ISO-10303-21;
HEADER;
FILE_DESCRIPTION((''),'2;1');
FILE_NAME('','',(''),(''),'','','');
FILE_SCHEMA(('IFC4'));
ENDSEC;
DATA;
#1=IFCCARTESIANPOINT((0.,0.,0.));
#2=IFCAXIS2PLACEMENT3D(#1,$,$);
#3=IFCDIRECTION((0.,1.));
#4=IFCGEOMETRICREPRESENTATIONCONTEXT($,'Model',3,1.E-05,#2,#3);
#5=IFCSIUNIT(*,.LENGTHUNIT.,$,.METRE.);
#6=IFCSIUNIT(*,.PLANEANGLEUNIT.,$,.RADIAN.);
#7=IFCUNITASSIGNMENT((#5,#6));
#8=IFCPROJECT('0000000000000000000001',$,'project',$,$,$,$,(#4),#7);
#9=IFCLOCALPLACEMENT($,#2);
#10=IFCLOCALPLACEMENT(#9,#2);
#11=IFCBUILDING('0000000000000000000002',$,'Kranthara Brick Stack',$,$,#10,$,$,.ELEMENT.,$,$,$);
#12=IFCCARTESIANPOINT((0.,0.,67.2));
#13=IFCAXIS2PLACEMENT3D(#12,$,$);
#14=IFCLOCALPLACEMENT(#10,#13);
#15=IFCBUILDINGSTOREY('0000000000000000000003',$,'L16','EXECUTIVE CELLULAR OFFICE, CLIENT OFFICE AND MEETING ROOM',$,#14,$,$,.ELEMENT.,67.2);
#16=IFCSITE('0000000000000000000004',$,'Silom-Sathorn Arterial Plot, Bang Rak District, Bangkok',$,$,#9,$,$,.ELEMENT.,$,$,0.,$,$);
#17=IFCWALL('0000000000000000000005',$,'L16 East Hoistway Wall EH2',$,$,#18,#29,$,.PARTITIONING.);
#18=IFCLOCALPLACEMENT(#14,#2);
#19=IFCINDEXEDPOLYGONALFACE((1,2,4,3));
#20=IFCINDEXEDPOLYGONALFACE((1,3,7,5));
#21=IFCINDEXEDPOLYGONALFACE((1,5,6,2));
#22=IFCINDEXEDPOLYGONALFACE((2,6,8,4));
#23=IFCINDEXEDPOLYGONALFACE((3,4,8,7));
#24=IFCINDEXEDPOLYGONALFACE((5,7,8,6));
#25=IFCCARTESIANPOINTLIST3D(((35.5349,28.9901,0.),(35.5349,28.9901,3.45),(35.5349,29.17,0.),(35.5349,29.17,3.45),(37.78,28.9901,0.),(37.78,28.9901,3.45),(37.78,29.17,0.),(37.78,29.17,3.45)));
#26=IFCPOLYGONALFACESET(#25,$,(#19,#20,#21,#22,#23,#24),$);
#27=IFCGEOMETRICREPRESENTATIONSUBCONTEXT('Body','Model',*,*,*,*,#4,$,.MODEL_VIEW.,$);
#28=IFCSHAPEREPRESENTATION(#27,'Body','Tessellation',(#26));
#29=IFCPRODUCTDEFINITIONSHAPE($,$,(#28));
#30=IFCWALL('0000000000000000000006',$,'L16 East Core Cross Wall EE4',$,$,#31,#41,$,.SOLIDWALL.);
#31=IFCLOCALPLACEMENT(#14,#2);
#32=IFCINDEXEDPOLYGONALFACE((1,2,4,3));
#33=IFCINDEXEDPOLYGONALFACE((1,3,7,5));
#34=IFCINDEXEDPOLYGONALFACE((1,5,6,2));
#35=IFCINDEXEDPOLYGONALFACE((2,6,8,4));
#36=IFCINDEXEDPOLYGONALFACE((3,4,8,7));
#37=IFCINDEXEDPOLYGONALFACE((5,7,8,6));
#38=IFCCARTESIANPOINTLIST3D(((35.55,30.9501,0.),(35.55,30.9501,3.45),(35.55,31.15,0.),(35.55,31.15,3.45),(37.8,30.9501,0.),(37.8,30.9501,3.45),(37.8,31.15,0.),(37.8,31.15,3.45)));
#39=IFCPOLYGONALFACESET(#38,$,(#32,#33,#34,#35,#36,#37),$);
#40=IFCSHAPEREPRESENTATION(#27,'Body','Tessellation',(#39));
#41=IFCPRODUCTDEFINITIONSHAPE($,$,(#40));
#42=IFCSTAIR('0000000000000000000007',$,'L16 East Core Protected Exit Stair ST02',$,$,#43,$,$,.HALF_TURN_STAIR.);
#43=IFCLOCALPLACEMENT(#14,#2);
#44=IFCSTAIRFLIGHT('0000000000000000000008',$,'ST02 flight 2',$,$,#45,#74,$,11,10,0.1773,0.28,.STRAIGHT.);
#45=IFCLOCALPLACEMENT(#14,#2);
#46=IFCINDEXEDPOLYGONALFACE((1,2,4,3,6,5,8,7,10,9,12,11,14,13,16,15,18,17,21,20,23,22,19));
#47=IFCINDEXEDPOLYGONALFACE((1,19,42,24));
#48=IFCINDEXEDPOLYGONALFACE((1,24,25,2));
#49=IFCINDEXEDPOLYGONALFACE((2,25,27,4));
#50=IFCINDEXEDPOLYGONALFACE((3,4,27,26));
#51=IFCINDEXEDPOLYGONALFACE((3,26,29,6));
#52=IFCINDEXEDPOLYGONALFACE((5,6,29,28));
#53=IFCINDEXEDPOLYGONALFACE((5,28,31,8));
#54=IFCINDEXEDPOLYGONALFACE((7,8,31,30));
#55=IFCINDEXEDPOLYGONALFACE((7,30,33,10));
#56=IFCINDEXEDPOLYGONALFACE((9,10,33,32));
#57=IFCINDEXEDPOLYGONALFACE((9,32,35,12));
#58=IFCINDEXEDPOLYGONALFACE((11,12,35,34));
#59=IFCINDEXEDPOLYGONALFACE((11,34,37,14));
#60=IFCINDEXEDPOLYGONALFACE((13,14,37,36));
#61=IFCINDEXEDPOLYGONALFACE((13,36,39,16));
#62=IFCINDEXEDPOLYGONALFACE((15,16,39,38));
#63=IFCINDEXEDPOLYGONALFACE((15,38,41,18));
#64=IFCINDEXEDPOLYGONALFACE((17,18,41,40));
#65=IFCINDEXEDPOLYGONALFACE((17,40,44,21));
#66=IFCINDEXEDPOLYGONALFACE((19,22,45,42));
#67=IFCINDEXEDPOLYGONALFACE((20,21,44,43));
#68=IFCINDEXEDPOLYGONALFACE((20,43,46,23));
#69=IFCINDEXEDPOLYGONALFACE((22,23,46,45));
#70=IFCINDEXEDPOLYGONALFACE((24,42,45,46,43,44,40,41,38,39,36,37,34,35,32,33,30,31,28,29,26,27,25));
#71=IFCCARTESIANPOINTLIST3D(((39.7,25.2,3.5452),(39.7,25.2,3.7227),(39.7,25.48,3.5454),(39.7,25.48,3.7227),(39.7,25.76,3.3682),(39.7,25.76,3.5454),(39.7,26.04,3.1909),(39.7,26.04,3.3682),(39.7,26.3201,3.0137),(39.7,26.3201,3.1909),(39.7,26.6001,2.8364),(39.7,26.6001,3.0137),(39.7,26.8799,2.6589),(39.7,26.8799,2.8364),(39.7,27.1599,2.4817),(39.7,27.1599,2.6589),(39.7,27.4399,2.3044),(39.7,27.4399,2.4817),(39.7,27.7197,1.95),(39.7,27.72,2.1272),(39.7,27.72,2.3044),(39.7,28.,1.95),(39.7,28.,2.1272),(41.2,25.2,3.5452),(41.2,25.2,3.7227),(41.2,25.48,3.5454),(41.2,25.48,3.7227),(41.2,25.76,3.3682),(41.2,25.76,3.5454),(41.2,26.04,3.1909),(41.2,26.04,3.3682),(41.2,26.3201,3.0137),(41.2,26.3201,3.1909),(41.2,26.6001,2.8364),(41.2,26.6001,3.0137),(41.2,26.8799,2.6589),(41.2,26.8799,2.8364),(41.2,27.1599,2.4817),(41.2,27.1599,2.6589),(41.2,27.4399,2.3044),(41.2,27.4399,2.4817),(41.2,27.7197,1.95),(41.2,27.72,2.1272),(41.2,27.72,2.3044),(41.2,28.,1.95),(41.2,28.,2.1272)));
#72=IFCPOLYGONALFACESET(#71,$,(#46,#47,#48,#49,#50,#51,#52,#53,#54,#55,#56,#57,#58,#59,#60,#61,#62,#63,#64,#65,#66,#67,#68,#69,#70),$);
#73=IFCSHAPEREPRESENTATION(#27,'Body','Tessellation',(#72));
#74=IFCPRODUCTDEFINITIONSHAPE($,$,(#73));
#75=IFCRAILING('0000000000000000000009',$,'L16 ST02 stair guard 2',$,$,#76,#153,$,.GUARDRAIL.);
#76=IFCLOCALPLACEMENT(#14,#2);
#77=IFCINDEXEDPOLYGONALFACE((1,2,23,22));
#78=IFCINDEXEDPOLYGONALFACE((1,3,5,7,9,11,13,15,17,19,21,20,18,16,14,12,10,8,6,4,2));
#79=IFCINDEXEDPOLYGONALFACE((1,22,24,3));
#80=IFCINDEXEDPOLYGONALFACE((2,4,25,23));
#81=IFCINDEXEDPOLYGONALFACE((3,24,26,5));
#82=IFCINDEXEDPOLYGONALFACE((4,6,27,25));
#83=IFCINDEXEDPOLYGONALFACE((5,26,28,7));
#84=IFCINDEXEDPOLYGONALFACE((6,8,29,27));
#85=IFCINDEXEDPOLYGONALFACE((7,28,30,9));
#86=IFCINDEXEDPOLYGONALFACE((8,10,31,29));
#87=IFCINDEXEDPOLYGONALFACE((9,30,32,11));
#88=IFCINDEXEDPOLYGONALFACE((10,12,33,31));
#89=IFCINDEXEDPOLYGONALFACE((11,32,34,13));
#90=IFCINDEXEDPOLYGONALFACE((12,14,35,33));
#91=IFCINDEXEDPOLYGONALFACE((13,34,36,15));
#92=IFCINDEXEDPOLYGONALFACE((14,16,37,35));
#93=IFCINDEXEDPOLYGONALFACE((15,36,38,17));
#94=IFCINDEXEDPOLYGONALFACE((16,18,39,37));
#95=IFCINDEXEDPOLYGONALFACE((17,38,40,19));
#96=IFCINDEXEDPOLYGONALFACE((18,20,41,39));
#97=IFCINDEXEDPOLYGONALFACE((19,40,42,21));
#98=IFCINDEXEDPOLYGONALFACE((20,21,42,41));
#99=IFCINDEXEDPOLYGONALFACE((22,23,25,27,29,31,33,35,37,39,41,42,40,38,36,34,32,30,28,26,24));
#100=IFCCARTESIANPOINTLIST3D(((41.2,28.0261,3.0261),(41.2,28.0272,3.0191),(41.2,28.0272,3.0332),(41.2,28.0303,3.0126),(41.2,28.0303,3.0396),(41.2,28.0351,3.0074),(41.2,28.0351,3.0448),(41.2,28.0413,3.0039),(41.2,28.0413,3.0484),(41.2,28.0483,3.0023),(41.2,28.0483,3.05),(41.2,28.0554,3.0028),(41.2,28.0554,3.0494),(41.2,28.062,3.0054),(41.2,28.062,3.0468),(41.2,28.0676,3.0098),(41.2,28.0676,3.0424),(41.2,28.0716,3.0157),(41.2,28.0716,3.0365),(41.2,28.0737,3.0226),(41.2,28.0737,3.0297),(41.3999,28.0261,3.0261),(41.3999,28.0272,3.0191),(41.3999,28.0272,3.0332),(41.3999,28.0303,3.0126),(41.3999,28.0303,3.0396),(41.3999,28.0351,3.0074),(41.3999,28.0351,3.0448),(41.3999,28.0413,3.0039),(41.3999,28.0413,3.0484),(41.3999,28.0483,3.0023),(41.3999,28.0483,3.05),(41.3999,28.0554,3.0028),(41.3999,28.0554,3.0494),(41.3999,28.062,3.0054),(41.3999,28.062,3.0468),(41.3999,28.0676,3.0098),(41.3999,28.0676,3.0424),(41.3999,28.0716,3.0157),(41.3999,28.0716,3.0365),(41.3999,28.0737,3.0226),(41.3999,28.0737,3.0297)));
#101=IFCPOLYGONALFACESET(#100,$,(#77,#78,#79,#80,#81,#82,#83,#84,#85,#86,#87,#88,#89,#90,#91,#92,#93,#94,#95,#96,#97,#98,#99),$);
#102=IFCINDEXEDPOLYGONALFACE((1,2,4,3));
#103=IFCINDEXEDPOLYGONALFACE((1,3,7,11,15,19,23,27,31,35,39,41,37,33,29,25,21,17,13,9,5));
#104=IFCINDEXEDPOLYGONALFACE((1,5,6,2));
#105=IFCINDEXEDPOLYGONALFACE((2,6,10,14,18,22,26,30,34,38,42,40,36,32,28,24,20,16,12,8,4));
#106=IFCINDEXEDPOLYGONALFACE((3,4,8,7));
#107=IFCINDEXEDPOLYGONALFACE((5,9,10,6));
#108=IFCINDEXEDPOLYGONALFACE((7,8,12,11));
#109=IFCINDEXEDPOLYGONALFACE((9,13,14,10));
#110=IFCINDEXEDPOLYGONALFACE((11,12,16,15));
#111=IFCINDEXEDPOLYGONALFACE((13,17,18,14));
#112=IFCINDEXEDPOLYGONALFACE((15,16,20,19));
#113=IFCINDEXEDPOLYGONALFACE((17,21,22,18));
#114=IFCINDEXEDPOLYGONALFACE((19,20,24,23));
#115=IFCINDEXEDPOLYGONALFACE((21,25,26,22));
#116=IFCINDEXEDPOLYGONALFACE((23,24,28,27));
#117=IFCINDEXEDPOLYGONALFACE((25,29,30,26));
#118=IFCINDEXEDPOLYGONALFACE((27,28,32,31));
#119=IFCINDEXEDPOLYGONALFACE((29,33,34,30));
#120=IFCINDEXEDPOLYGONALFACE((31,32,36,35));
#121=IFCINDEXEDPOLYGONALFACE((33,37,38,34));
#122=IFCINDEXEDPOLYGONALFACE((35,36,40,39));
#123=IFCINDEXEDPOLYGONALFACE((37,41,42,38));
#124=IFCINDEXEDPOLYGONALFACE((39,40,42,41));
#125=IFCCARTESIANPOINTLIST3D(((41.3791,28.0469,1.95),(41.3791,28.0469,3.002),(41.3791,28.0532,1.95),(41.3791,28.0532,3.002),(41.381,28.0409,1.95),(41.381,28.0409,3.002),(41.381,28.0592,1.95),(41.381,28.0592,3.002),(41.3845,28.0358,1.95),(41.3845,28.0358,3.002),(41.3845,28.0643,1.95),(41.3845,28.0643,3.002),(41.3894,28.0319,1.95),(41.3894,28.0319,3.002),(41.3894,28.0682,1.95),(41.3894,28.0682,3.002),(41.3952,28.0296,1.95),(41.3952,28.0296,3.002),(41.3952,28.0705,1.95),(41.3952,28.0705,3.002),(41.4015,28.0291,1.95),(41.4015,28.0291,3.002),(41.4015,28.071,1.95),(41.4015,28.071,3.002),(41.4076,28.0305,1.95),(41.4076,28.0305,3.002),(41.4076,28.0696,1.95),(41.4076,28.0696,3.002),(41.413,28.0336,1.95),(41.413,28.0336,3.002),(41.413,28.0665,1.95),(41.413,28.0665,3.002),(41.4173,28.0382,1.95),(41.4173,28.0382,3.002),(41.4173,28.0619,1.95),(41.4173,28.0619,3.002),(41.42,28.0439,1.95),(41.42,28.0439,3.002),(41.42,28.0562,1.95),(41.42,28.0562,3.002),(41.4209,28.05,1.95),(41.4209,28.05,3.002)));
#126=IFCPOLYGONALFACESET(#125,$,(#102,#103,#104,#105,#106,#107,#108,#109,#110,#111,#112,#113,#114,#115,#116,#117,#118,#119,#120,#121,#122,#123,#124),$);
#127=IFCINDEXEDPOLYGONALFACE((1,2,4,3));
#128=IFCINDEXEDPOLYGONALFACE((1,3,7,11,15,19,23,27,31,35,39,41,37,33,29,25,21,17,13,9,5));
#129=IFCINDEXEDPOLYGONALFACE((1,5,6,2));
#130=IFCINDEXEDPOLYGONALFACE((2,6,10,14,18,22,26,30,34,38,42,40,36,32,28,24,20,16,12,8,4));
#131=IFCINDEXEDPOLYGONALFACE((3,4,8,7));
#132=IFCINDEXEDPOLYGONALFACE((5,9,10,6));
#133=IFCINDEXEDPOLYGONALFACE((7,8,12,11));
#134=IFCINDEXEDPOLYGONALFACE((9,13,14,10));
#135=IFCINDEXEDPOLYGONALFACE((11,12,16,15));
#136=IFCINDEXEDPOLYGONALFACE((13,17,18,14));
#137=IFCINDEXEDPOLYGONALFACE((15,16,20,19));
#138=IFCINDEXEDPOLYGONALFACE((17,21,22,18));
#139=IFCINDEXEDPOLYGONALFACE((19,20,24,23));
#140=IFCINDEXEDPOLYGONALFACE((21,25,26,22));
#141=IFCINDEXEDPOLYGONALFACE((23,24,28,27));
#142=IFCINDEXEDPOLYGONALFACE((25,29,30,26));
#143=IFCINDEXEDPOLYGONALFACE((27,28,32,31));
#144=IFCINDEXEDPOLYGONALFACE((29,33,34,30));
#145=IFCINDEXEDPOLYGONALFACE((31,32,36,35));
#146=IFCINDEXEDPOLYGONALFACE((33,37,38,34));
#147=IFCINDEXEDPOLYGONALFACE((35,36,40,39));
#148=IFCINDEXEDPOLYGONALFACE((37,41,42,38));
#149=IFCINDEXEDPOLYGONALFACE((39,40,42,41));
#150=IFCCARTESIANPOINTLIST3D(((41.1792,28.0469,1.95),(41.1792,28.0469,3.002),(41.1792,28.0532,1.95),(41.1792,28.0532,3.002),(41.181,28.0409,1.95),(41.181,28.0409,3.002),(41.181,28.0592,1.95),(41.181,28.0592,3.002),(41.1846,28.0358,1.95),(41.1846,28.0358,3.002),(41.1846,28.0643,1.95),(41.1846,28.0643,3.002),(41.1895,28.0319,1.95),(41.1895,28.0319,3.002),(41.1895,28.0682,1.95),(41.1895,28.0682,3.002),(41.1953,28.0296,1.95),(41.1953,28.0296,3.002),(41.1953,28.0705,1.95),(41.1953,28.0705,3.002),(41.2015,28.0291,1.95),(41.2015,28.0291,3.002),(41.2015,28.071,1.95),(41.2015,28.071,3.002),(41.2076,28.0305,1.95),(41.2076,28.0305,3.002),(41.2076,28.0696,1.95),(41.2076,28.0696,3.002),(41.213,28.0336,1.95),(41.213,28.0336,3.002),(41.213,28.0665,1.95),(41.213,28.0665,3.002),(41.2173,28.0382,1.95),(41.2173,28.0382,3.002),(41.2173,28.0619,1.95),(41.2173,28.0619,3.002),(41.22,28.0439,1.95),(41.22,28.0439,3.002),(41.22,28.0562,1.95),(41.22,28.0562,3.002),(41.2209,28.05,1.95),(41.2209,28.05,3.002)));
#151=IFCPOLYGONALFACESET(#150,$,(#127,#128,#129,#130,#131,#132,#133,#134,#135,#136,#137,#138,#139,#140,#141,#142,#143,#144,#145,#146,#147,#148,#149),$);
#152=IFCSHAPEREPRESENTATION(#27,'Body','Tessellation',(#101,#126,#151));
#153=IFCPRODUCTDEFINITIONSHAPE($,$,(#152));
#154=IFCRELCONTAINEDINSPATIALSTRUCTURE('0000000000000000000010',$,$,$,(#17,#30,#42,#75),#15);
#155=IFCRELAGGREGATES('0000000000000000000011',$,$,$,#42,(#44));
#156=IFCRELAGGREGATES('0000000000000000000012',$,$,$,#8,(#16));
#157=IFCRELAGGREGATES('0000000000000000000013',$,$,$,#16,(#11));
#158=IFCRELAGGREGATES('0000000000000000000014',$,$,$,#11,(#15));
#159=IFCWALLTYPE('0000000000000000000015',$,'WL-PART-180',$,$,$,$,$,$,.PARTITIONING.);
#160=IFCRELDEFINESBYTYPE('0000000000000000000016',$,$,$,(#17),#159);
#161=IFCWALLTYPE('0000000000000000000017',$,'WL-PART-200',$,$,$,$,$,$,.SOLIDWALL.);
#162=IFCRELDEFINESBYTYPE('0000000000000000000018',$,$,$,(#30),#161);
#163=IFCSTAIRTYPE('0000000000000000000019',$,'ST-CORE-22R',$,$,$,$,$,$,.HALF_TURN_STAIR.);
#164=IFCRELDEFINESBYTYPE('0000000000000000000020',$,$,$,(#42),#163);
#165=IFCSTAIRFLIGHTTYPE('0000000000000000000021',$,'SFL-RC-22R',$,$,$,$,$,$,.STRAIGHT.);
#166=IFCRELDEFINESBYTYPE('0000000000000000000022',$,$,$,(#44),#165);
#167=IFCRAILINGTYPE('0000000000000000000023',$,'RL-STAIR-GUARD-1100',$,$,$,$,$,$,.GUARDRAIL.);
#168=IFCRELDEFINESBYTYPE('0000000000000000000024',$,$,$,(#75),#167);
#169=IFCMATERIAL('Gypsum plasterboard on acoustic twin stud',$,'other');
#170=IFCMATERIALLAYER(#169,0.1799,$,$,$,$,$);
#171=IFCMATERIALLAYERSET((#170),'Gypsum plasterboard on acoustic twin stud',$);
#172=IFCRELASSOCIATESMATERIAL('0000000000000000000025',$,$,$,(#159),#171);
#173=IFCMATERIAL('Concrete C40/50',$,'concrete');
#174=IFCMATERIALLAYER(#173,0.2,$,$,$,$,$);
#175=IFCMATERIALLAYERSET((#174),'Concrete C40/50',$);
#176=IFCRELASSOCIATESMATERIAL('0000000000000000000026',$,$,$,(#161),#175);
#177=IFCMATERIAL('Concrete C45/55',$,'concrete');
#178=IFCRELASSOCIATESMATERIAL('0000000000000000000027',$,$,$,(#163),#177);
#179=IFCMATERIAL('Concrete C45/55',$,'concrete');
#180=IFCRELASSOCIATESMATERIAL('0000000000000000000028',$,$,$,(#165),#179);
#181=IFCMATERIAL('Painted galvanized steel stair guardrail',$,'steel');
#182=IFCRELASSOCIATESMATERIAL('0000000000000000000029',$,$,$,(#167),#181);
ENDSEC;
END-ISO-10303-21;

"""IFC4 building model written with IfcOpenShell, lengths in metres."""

from ifc_helpers import new_model, si_unit, direction, frame, frame_2d, origin, origin_2d, place, context, subcontext, project, spatial, polyline, rectangle, circle, outline, extrude, material, layer, layer_set, type_object, element, aggregate, save


model = new_model("IFC4")

# Units and contexts
model_context = context("Model", 3, precision=1e-05, world=origin(), true_north=direction((0.0, 1.0)))
body_context = subcontext(model_context, "Body", "Model", "MODEL_VIEW")
ifc_project = project(units=[si_unit("LENGTHUNIT", "METRE"), si_unit("PLANEANGLEUNIT", "RADIAN")], contexts=[model_context])

# Site, building, storey
site_placement = place(None, origin())
site = spatial("IfcSite", under=ifc_project, at=site_placement, Name="Silom-Sathorn Arterial Plot, Bang Rak District, Bangkok", CompositionType="ELEMENT", RefElevation=0.0)
building_placement = place(site_placement, origin())
building = spatial("IfcBuilding", under=site, at=building_placement, Name="Kranthara Brick Stack", CompositionType="ELEMENT")
storey_placement = place(building_placement, frame((0.0, 0.0, 67.2)))
storey = spatial("IfcBuildingStorey", under=building, at=storey_placement, Name="L16", Description="EXECUTIVE CELLULAR OFFICE, CLIENT OFFICE AND MEETING ROOM", CompositionType="ELEMENT", Elevation=67.2)

# Walls
ifc_material_1 = material(Name="Gypsum plasterboard on acoustic twin stud", Category="other")
ifc_layer_1 = layer(ifc_material_1, 0.1799)
ifc_layer_set_1 = layer_set([ifc_layer_1], Name="Gypsum plasterboard on acoustic twin stud")
wall_type_1 = type_object("IfcWallType", Name="WL-PART-180", PredefinedType="PARTITIONING", material=ifc_layer_set_1)
wall_1_placement = place(storey_placement, frame((35.5349, 29.0801, 0.0), z_axis=(0.0, 0.0, 1.0), x_axis=(1.0, 0.0, 0.0)))
element("IfcWall", 1, at=wall_1_placement, inside=storey, type_object=wall_type_1, Name="L16 East Hoistway Wall EH2", PredefinedType="PARTITIONING", context=body_context, shape_type="SweptSolid", body=[
    extrude(rectangle(XDim=2.2451, YDim=0.1799, at=frame_2d((1.1226, 0.0))), origin(), (0.0, 0.0, 1.0), 3.45),
])
ifc_material_2 = material(Name="Concrete C40/50", Category="concrete")
ifc_layer_2 = layer(ifc_material_2, 0.2)
ifc_layer_set_2 = layer_set([ifc_layer_2], Name="Concrete C40/50")
wall_type_2 = type_object("IfcWallType", Name="WL-PART-200", PredefinedType="SOLIDWALL", material=ifc_layer_set_2)
wall_2_placement = place(storey_placement, frame((35.55, 31.05, 0.0), z_axis=(0.0, 0.0, 1.0), x_axis=(1.0, 0.0, 0.0)))
element("IfcWall", 2, at=wall_2_placement, inside=storey, type_object=wall_type_2, Name="L16 East Core Cross Wall EE4", PredefinedType="SOLIDWALL", context=body_context, shape_type="SweptSolid", body=[
    extrude(rectangle(XDim=2.25, YDim=0.2, at=frame_2d((1.125, 0.0))), origin(), (0.0, 0.0, 1.0), 3.45),
])

# Stair, stair flight
ifc_material_3 = material(Name="Concrete C45/55", Category="concrete")
stair_type = type_object("IfcStairType", Name="ST-CORE-22R", PredefinedType="HALF_TURN_STAIR", material=ifc_material_3)
stair_placement = place(storey_placement, origin())
stair = element("IfcStair", 3, at=stair_placement, inside=storey, type_object=stair_type, Name="L16 East Core Protected Exit Stair ST02", PredefinedType="HALF_TURN_STAIR")
ifc_material_4 = material(Name="Concrete C45/55", Category="concrete")
stair_flight_type = type_object("IfcStairFlightType", Name="SFL-RC-22R", PredefinedType="STRAIGHT", material=ifc_material_4)
stair_flight_placement = place(storey_placement, frame((40.45, 28.0, 1.95), z_axis=(0.0, 0.0, 1.0), x_axis=(0.0, -1.0, 0.0)))
stair_flight = element("IfcStairFlight", 4, at=stair_flight_placement, type_object=stair_flight_type, Name="ST02 flight 2", NumberOfRisers=11, NumberOfTreads=10, PredefinedType="STRAIGHT", RiserHeight=0.1773, TreadLength=0.28, context=body_context, shape_type="SweptSolid", body=[
    extrude(outline(polyline([(0.0, 0.0), (0.0, 0.1772), (0.28, 0.1772), (0.28, 0.3545), (0.5601, 0.3545), (0.5601, 0.5317), (0.8401, 0.5317), (0.8401, 0.709), (1.1201, 0.709), (1.1201, 0.8865), (1.3999, 0.8865), (1.3999, 1.0637), (1.6799, 1.0637), (1.6799, 1.241), (1.96, 1.241), (1.96, 1.4182), (2.24, 1.4182), (2.24, 1.5955), (2.52, 1.5955), (2.52, 1.7727), (2.8, 1.7727), (2.8, 1.95), (2.8, 1.5952), (0.2803, 0.0), (0.0, 0.0)])), frame((0.0, 0.75, 0.0), z_axis=(0.0, -1.0, 0.0), x_axis=(1.0, 0.0, 0.0)), (0.0, 0.0, 1.0), 1.5),
])
aggregate(stair, [stair_flight])

# Railing
ifc_material_5 = material(Name="Painted galvanized steel stair guardrail", Category="steel")
railing_type = type_object("IfcRailingType", Name="RL-STAIR-GUARD-1100", PredefinedType="GUARDRAIL", material=ifc_material_5)
railing_1_placement = place(storey_placement, frame((41.3999, 28.05, 1.95)))
element("IfcRailing", 5, at=railing_1_placement, inside=storey, type_object=railing_type, Name="L16 ST02 stair guard 2", PredefinedType="GUARDRAIL", context=body_context, shape_type="SweptSolid", body=[
    extrude(circle(Radius=0.0239, at=origin_2d()), frame((0.0, 0.0, 1.0762), z_axis=(-1.0, 0.0, 0.0), x_axis=(0.0, -1.0, 0.0)), (0.0, 0.0, 1.0), 0.2),
    extrude(circle(Radius=0.021, at=origin_2d()), origin(), (0.0, 0.0, 1.0), 1.052),
    extrude(circle(Radius=0.021, at=origin_2d()), frame((-0.2, 0.0, 0.0)), (0.0, 0.0, 1.0), 1.052),
])

save(model, "model.ifc")
